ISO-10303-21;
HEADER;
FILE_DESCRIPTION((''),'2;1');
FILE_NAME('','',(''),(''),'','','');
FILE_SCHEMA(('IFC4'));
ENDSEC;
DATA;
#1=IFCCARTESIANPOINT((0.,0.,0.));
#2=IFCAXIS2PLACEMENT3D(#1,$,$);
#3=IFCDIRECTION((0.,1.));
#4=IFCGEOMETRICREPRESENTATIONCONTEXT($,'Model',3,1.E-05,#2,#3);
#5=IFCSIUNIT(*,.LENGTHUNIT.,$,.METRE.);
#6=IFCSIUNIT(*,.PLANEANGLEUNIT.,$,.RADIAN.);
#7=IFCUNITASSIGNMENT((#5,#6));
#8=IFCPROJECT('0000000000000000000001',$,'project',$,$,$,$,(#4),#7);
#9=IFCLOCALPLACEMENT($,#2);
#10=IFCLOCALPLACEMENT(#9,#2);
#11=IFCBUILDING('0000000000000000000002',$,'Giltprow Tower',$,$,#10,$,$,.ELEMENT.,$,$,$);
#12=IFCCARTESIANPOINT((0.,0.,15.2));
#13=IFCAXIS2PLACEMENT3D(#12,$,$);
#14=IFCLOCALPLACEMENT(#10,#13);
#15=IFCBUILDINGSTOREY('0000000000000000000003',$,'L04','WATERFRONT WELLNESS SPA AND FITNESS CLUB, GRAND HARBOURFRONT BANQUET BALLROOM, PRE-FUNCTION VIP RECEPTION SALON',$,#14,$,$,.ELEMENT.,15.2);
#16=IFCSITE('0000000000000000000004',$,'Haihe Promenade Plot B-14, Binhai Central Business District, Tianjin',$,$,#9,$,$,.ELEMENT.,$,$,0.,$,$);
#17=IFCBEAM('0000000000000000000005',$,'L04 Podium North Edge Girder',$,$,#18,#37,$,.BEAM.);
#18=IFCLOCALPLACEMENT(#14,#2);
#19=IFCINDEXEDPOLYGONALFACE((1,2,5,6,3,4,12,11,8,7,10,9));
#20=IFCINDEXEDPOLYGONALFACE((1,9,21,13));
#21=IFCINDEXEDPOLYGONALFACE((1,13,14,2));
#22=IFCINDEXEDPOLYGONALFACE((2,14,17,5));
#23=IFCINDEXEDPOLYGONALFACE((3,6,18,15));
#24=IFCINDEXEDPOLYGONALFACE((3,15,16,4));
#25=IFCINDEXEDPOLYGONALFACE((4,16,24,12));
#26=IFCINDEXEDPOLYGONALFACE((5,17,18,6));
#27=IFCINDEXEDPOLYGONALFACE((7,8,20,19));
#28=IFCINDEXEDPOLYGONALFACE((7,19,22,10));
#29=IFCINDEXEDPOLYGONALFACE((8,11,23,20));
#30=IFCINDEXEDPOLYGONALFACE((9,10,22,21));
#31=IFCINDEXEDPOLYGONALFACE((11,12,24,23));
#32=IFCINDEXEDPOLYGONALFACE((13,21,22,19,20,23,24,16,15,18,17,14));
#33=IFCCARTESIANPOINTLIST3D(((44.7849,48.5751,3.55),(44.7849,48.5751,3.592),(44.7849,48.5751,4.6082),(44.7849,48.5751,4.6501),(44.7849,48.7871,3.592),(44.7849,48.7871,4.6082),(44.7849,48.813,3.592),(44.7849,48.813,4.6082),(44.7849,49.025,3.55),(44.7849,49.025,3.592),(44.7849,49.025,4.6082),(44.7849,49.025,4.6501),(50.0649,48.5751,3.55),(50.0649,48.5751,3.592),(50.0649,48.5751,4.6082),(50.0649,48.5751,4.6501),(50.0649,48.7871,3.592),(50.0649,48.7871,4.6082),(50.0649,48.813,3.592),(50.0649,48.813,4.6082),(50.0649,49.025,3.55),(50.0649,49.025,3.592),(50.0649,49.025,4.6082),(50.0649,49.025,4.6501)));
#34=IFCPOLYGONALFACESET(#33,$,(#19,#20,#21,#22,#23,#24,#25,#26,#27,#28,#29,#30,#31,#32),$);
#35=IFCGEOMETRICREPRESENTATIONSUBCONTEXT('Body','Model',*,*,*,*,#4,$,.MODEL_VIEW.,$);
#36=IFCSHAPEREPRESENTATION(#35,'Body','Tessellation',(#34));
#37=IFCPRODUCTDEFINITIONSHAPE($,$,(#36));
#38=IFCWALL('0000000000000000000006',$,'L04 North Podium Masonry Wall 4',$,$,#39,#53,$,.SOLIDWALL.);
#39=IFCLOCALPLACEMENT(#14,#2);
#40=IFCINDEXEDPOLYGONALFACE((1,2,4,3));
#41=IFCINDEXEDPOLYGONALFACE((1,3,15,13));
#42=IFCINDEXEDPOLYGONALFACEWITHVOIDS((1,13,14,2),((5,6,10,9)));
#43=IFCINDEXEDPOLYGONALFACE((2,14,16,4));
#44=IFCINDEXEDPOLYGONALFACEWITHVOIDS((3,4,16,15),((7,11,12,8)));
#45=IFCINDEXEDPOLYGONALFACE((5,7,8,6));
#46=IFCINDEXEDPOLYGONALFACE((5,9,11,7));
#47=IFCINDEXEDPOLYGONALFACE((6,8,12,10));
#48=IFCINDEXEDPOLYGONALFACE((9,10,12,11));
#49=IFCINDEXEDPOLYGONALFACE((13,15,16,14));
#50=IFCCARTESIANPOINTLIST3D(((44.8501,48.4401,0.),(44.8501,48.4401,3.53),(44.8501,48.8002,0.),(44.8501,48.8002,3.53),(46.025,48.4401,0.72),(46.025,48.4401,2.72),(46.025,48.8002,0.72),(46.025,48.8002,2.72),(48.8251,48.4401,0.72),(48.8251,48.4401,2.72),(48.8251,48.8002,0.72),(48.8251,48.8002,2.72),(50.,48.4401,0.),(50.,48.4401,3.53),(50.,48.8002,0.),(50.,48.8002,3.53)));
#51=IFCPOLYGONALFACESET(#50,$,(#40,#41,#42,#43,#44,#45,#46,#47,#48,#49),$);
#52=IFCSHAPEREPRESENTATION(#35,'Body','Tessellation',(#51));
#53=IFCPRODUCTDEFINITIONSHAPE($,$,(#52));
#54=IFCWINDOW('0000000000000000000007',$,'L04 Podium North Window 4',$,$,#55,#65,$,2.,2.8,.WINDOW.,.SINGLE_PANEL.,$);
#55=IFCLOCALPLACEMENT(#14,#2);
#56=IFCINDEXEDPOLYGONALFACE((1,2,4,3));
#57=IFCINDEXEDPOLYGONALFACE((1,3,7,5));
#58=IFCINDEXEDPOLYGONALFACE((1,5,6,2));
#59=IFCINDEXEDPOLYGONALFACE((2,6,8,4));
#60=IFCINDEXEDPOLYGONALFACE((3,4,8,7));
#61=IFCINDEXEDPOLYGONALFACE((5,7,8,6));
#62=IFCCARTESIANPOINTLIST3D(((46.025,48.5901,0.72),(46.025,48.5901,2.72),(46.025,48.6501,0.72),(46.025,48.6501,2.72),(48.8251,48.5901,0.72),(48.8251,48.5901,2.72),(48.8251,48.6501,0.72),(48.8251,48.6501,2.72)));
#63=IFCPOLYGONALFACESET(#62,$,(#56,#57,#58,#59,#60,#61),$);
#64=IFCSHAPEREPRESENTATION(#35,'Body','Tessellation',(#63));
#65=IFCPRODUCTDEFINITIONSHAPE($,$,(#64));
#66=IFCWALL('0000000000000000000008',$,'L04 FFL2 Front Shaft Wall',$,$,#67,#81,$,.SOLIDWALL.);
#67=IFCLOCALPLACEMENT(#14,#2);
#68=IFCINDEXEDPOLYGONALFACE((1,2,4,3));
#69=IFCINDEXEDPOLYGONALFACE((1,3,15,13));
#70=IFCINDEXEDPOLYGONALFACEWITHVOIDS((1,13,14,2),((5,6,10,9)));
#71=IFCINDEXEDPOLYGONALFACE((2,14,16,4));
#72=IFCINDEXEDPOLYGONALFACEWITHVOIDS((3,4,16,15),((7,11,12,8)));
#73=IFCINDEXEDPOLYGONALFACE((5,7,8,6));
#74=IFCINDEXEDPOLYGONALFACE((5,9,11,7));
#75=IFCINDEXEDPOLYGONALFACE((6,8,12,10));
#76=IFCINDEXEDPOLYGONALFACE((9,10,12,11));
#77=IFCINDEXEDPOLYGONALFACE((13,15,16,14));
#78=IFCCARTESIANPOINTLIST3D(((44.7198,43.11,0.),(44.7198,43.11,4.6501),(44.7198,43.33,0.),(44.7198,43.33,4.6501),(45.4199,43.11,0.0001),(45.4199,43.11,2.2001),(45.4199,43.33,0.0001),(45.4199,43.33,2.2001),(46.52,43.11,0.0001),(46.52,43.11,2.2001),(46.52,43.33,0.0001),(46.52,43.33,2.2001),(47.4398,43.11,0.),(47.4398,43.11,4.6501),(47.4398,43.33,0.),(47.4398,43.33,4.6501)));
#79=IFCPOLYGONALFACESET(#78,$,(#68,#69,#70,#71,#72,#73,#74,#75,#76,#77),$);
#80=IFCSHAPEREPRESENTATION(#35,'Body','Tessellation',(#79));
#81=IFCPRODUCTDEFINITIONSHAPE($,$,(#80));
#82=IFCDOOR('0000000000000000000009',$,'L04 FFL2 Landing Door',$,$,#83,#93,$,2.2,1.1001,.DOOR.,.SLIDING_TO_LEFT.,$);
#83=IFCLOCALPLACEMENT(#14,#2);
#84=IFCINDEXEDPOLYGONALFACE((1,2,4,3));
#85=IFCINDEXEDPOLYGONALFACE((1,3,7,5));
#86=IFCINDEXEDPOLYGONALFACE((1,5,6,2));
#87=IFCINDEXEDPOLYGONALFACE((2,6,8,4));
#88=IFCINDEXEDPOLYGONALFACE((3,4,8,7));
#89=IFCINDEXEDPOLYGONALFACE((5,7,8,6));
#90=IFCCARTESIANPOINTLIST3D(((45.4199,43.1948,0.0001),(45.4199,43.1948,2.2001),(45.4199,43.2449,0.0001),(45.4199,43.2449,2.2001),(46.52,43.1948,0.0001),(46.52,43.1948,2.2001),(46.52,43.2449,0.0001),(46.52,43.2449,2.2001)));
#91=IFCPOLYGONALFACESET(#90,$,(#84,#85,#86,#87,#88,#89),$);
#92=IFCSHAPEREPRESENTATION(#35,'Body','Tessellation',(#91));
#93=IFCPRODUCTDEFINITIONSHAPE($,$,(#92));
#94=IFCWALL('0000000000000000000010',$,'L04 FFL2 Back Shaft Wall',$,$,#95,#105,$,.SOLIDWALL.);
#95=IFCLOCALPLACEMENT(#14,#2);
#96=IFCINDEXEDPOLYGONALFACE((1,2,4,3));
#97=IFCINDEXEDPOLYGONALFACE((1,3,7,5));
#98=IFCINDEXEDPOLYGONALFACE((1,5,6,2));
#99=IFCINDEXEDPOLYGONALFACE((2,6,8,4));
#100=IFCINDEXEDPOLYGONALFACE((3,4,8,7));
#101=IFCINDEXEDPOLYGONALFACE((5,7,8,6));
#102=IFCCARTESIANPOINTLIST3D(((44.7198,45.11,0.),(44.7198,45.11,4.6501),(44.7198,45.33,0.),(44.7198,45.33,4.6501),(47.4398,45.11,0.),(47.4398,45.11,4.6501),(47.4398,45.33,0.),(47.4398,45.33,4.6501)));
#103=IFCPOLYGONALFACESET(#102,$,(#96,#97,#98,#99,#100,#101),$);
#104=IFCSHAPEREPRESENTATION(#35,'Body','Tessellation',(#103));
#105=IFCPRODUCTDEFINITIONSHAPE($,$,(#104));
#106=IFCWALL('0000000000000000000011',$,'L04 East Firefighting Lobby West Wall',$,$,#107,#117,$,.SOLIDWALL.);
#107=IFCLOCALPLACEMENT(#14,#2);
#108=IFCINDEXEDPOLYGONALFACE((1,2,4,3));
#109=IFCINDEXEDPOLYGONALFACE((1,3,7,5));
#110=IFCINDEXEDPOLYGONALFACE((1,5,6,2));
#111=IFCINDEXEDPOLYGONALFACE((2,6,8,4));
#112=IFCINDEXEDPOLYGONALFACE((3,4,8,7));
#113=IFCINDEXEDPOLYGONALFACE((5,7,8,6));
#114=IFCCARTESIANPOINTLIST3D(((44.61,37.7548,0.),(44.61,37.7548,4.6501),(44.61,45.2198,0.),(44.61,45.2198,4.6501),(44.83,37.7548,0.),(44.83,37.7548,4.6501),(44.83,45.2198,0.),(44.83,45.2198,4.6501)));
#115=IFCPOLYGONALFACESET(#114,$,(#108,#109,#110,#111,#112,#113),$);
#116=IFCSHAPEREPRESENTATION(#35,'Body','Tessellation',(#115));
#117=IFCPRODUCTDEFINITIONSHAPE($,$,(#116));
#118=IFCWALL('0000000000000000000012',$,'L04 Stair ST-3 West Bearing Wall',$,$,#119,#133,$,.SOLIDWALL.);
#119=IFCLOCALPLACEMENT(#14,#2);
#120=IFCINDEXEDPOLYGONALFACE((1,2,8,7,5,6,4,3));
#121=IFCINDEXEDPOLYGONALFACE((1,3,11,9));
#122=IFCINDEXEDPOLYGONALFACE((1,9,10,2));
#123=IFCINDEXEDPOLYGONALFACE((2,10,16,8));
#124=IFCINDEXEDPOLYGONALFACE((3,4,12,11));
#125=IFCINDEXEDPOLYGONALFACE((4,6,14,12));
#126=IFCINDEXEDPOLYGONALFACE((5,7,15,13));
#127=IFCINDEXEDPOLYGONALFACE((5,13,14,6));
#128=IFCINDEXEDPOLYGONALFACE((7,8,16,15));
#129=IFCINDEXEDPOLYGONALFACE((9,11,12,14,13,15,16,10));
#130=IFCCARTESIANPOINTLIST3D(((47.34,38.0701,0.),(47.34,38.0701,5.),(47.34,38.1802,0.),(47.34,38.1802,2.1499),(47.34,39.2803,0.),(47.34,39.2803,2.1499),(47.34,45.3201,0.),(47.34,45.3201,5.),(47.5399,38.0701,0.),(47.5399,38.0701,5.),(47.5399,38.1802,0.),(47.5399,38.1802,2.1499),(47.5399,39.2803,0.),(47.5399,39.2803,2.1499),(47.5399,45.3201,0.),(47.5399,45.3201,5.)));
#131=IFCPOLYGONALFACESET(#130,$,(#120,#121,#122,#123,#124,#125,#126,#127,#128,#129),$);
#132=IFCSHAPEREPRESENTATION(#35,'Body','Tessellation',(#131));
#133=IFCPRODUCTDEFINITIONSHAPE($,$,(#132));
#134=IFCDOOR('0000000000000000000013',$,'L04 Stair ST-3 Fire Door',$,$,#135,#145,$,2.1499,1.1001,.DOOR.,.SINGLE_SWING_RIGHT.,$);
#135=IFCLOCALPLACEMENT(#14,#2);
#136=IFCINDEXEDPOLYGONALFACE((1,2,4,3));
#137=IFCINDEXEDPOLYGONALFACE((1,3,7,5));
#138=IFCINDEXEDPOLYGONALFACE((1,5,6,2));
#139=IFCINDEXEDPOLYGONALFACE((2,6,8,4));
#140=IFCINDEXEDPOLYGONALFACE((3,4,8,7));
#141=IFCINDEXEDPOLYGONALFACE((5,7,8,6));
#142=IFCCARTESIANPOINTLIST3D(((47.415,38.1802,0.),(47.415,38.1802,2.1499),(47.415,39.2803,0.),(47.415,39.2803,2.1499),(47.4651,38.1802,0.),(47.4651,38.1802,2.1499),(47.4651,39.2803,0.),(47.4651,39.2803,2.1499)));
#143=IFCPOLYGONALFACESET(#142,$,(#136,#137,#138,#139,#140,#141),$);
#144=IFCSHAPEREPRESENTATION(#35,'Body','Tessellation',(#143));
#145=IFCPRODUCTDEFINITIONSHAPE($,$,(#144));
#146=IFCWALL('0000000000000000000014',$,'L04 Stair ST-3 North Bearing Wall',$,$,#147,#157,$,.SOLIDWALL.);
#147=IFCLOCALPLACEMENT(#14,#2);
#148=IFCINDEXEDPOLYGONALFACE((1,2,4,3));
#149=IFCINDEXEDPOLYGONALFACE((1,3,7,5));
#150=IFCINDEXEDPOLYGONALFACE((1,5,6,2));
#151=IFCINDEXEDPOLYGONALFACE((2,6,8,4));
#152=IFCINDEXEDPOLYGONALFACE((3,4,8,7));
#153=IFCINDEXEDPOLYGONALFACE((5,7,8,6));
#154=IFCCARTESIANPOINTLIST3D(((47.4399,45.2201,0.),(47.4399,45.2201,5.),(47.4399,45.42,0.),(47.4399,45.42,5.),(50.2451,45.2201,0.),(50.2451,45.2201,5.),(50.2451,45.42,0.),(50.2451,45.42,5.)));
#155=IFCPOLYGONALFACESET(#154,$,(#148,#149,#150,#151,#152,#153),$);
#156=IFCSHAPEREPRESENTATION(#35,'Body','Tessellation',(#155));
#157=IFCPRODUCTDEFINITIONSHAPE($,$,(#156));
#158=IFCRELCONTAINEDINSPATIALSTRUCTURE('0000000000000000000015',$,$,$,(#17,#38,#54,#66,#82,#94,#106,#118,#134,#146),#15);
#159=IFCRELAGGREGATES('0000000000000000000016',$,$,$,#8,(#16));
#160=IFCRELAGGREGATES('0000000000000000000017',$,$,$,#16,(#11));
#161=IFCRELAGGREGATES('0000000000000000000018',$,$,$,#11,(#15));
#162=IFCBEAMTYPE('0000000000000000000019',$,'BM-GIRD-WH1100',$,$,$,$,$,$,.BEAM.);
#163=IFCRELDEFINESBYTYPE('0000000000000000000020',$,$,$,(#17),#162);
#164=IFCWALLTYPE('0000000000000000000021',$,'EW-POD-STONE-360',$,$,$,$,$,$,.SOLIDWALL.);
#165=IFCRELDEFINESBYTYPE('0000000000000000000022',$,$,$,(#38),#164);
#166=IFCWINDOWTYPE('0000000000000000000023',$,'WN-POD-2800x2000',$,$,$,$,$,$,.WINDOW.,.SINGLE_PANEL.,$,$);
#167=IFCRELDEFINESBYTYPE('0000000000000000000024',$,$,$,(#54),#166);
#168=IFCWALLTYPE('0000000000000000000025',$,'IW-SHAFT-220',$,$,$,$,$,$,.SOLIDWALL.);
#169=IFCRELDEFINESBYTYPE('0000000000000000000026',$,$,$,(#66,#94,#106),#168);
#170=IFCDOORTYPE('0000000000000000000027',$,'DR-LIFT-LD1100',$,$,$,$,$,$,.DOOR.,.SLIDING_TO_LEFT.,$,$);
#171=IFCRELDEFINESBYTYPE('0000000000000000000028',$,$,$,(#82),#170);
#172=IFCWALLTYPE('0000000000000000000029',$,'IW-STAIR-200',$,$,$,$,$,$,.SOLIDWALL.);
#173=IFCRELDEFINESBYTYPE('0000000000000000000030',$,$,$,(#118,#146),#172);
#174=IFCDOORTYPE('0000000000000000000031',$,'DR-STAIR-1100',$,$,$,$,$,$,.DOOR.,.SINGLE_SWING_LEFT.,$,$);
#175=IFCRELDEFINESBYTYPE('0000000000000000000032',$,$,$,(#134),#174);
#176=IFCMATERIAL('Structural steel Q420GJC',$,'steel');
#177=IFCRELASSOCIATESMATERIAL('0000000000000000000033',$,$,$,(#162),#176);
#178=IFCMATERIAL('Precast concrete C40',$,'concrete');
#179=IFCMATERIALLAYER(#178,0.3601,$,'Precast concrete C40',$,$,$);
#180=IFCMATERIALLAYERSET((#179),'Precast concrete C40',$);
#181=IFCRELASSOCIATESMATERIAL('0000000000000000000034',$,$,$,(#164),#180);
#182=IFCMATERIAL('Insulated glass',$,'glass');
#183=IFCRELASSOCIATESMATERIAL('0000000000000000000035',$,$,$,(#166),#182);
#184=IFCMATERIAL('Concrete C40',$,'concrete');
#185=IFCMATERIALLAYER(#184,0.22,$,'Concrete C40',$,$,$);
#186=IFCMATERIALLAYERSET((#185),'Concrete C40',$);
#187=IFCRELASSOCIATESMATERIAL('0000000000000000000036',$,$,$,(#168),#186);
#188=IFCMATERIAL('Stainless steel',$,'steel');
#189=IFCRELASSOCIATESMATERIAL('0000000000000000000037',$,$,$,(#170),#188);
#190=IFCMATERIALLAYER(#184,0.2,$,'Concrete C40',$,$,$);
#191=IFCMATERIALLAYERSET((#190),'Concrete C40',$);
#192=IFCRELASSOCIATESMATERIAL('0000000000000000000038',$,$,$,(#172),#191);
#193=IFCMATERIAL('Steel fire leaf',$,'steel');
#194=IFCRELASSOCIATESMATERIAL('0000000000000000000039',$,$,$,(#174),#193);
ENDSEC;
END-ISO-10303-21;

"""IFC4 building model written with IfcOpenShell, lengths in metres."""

from ifc_helpers import new_model, si_unit, direction, frame, frame_2d, origin, origin_2d, place, context, subcontext, project, spatial, rectangle, i_section, extrude, source, transform, mapped, material, layer, layer_set, material_profile, profile_set, type_object, element, fill, save


model = new_model("IFC4")

# Units and contexts
model_context = context("Model", 3, precision=1e-05, world=origin(), true_north=direction((0.0, 1.0)))
body_context = subcontext(model_context, "Body", "Model", "MODEL_VIEW")
ifc_project = project(units=[si_unit("LENGTHUNIT", "METRE"), si_unit("PLANEANGLEUNIT", "RADIAN")], contexts=[model_context])

# Site, building, storey
site_placement = place(None, origin())
site = spatial("IfcSite", under=ifc_project, at=site_placement, Name="Haihe Promenade Plot B-14, Binhai Central Business District, Tianjin", CompositionType="ELEMENT", RefElevation=0.0)
building_placement = place(site_placement, origin())
building = spatial("IfcBuilding", under=site, at=building_placement, Name="Giltprow Tower", CompositionType="ELEMENT")
storey_placement = place(building_placement, frame((0.0, 0.0, 15.2)))
storey = spatial("IfcBuildingStorey", under=building, at=storey_placement, Name="L04", Description="WATERFRONT WELLNESS SPA AND FITNESS CLUB, GRAND HARBOURFRONT BANQUET BALLROOM, PRE-FUNCTION VIP RECEPTION SALON", CompositionType="ELEMENT", Elevation=15.2)

# Beam
ifc_material_1 = material(Name="Structural steel Q420GJC", Category="steel")
ifc_material_profile = material_profile(ifc_material_1, i_section(OverallWidth=0.45, OverallDepth=1.1001, WebThickness=0.0259, FlangeThickness=0.042, at=origin_2d()), Name="WH 1100x450x26x42")
ifc_profile_set = profile_set([ifc_material_profile], Name="Structural steel Q420GJC")
beam_type = type_object("IfcBeamType", Name="BM-GIRD-WH1100", PredefinedType="BEAM", material=ifc_profile_set)
shared_shape_1 = source(origin(), body_context, "Body", "SweptSolid", [
    extrude(i_section(OverallWidth=0.45, OverallDepth=1.1001, WebThickness=0.0259, FlangeThickness=0.042, at=origin_2d()), origin(), (0.0, 0.0, 1.0), 5.28),
])
beam_placement = place(storey_placement, frame((44.7849, 48.8, 4.1001), z_axis=(1.0, 0.0, 0.0), x_axis=(0.0, 1.0, 0.0)))
element("IfcBeam", 1, at=beam_placement, inside=storey, type_object=beam_type, Name="L04 Podium North Edge Girder", PredefinedType="BEAM", context=body_context, shape_type="MappedRepresentation", body=[
    mapped(shared_shape_1, transform((0.0, 0.0, 0.0), x_axis=(1.0, 0.0, 0.0), y_axis=(0.0, 1.0, 0.0), z_axis=(0.0, 0.0, 1.0), scale=1.0)),
])

# Wall, opening, window
ifc_material_2 = material(Name="Precast concrete C40", Category="concrete")
ifc_layer_1 = layer(ifc_material_2, 0.3601, Name="Precast concrete C40")
ifc_layer_set_1 = layer_set([ifc_layer_1], Name="Precast concrete C40")
wall_type_1 = type_object("IfcWallType", Name="EW-POD-STONE-360", PredefinedType="SOLIDWALL", material=ifc_layer_set_1)
wall_1_placement = place(storey_placement, frame((44.8501, 48.6201, 0.0), z_axis=(0.0, 0.0, 1.0), x_axis=(1.0, 0.0, 0.0)))
wall_1 = element("IfcWall", 2, at=wall_1_placement, inside=storey, type_object=wall_type_1, Name="L04 North Podium Masonry Wall 4", PredefinedType="SOLIDWALL", context=body_context, shape_type="SweptSolid", body=[
    extrude(rectangle(XDim=5.1499, YDim=0.3601, at=frame_2d((2.575, 0.0))), origin(), (0.0, 0.0, 1.0), 3.53),
])
opening_1_placement = place(wall_1_placement, frame((1.175, 0.0, 0.72)))
opening_1 = element("IfcOpeningElement", 3, at=opening_1_placement, cuts=wall_1, PredefinedType="OPENING", context=body_context, shape_type="SweptSolid", body=[
    extrude(rectangle(XDim=2.8, YDim=2.0, at=frame_2d((1.3999, 1.0))), frame((0.0, 0.1899, 0.0), z_axis=(0.0, -1.0, 0.0), x_axis=(1.0, 0.0, 0.0)), (0.0, 0.0, 1.0), 0.3801),
])
ifc_material_3 = material(Name="Insulated glass", Category="glass")
window_type = type_object("IfcWindowType", Name="WN-POD-2800x2000", PartitioningType="SINGLE_PANEL", PredefinedType="WINDOW", material=ifc_material_3)
shared_shape_2 = source(origin(), body_context, "Body", "SweptSolid", [
    extrude(rectangle(XDim=2.8, YDim=2.0, at=frame_2d((1.3999, 1.0))), frame((0.0, 0.03, 0.0), z_axis=(0.0, -1.0, 0.0), x_axis=(1.0, 0.0, 0.0)), (0.0, 0.0, 1.0), 0.0601),
])
window_placement = place(opening_1_placement, origin())
window = element("IfcWindow", 4, at=window_placement, inside=storey, type_object=window_type, Name="L04 Podium North Window 4", OverallHeight=2.0, OverallWidth=2.8, PartitioningType="SINGLE_PANEL", PredefinedType="WINDOW", context=body_context, shape_type="MappedRepresentation", body=[
    mapped(shared_shape_2, transform((0.0, 0.0, 0.0), x_axis=(1.0, 0.0, 0.0), y_axis=(0.0, 1.0, 0.0), z_axis=(0.0, 0.0, 1.0), scale=1.0)),
])
fill(opening_1, window)

# Wall, opening, door
ifc_material_4 = material(Name="Concrete C40", Category="concrete")
ifc_layer_2 = layer(ifc_material_4, 0.22, Name="Concrete C40")
ifc_layer_set_2 = layer_set([ifc_layer_2], Name="Concrete C40")
wall_type_2 = type_object("IfcWallType", Name="IW-SHAFT-220", PredefinedType="SOLIDWALL", material=ifc_layer_set_2)
wall_2_placement = place(storey_placement, frame((44.72, 43.22, 0.0), z_axis=(0.0, 0.0, 1.0), x_axis=(1.0, 0.0, 0.0)))
wall_2 = element("IfcWall", 5, at=wall_2_placement, inside=storey, type_object=wall_type_2, Name="L04 FFL2 Front Shaft Wall", PredefinedType="SOLIDWALL", context=body_context, shape_type="SweptSolid", body=[
    extrude(rectangle(XDim=2.72, YDim=0.22, at=frame_2d((1.3599, 0.0))), origin(), (0.0, 0.0, 1.0), 4.6501),
])
opening_2_placement = place(wall_2_placement, frame((0.7, 0.0, 0.0)))
opening_2 = element("IfcOpeningElement", 6, at=opening_2_placement, cuts=wall_2, PredefinedType="OPENING", context=body_context, shape_type="SweptSolid", body=[
    extrude(rectangle(XDim=1.1001, YDim=2.2, at=frame_2d((0.55, 1.1001))), frame((0.0, 0.1199, 0.0), z_axis=(0.0, -1.0, 0.0), x_axis=(1.0, 0.0, 0.0)), (0.0, 0.0, 1.0), 0.24),
])
ifc_material_5 = material(Name="Stainless steel", Category="steel")
door_type_1 = type_object("IfcDoorType", Name="DR-LIFT-LD1100", OperationType="SLIDING_TO_LEFT", PredefinedType="DOOR", material=ifc_material_5)
shared_shape_3 = source(origin(), body_context, "Body", "SweptSolid", [
    extrude(rectangle(XDim=1.1001, YDim=2.2, at=frame_2d((0.55, 1.1001))), frame((0.0, 0.0249, 0.0), z_axis=(0.0, -1.0, 0.0), x_axis=(1.0, 0.0, 0.0)), (0.0, 0.0, 1.0), 0.05),
])
door_1_placement = place(opening_2_placement, origin())
door_1 = element("IfcDoor", 7, at=door_1_placement, inside=storey, type_object=door_type_1, Name="L04 FFL2 Landing Door", OperationType="SLIDING_TO_LEFT", OverallHeight=2.2, OverallWidth=1.1001, PredefinedType="DOOR", context=body_context, shape_type="MappedRepresentation", body=[
    mapped(shared_shape_3, transform((0.0, 0.0, 0.0), x_axis=(1.0, 0.0, 0.0), y_axis=(0.0, 1.0, 0.0), z_axis=(0.0, 0.0, 1.0), scale=1.0)),
])
fill(opening_2, door_1)

# Walls
wall_3_placement = place(storey_placement, frame((44.72, 45.22, 0.0), z_axis=(0.0, 0.0, 1.0), x_axis=(1.0, 0.0, 0.0)))
element("IfcWall", 8, at=wall_3_placement, inside=storey, type_object=wall_type_2, Name="L04 FFL2 Back Shaft Wall", PredefinedType="SOLIDWALL", context=body_context, shape_type="SweptSolid", body=[
    extrude(rectangle(XDim=2.72, YDim=0.22, at=frame_2d((1.3599, 0.0))), origin(), (0.0, 0.0, 1.0), 4.6501),
])
wall_4_placement = place(storey_placement, frame((44.72, 37.7549, 0.0), z_axis=(0.0, 0.0, 1.0), x_axis=(0.0, 1.0, 0.0)))
element("IfcWall", 9, at=wall_4_placement, inside=storey, type_object=wall_type_2, Name="L04 East Firefighting Lobby West Wall", PredefinedType="SOLIDWALL", context=body_context, shape_type="SweptSolid", body=[
    extrude(rectangle(XDim=7.4651, YDim=0.22, at=frame_2d((3.7324, 0.0))), origin(), (0.0, 0.0, 1.0), 4.6501),
])

# Wall, opening, door
ifc_layer_3 = layer(ifc_material_4, 0.2, Name="Concrete C40")
ifc_layer_set_3 = layer_set([ifc_layer_3], Name="Concrete C40")
wall_type_3 = type_object("IfcWallType", Name="IW-STAIR-200", PredefinedType="SOLIDWALL", material=ifc_layer_set_3)
wall_5_placement = place(storey_placement, frame((47.4399, 38.0701, 0.0), z_axis=(0.0, 0.0, 1.0), x_axis=(0.0, 1.0, 0.0)))
wall_5 = element("IfcWall", 10, at=wall_5_placement, inside=storey, type_object=wall_type_3, Name="L04 Stair ST-3 West Bearing Wall", PredefinedType="SOLIDWALL", context=body_context, shape_type="SweptSolid", body=[
    extrude(rectangle(XDim=7.25, YDim=0.2, at=frame_2d((3.625, 0.0))), origin(), (0.0, 0.0, 1.0), 5.0),
])
opening_3_placement = place(wall_5_placement, frame((0.1101, 0.0, 0.0)))
opening_3 = element("IfcOpeningElement", 11, at=opening_3_placement, cuts=wall_5, PredefinedType="OPENING", context=body_context, shape_type="SweptSolid", body=[
    extrude(rectangle(XDim=1.1001, YDim=2.1499, at=frame_2d((0.55, 1.075))), frame((0.0, 0.1099, 0.0), z_axis=(0.0, -1.0, 0.0), x_axis=(1.0, 0.0, 0.0)), (0.0, 0.0, 1.0), 0.22),
])
ifc_material_6 = material(Name="Steel fire leaf", Category="steel")
door_type_2 = type_object("IfcDoorType", Name="DR-STAIR-1100", OperationType="SINGLE_SWING_LEFT", PredefinedType="DOOR", material=ifc_material_6)
shared_shape_4 = source(origin(), body_context, "Body", "SweptSolid", [
    extrude(rectangle(XDim=1.1001, YDim=2.1499, at=frame_2d((0.55, 1.075))), frame((0.0, 0.0249, 0.0), z_axis=(0.0, -1.0, 0.0), x_axis=(1.0, 0.0, 0.0)), (0.0, 0.0, 1.0), 0.05),
])
door_2_placement = place(opening_3_placement, origin())
door_2 = element("IfcDoor", 12, at=door_2_placement, inside=storey, type_object=door_type_2, Name="L04 Stair ST-3 Fire Door", OperationType="SINGLE_SWING_RIGHT", OverallHeight=2.1499, OverallWidth=1.1001, PredefinedType="DOOR", context=body_context, shape_type="MappedRepresentation", body=[
    mapped(shared_shape_4, transform((0.0, 0.0, 0.0), x_axis=(1.0, 0.0, 0.0), y_axis=(0.0, 1.0, 0.0), z_axis=(0.0, 0.0, 1.0), scale=1.0)),
])
fill(opening_3, door_2)

# Wall
for number, where, z_axis, x_axis, name in (
    (13, (47.4399, 45.3201, 0.0), (0.0, 0.0, 1.0), (1.0, 0.0, 0.0), "L04 Stair ST-3 North Bearing Wall"),
):
    element("IfcWall", number, at=place(storey_placement, frame(where, z_axis=z_axis, x_axis=x_axis)), inside=storey, type_object=wall_type_3, Name=name, PredefinedType="SOLIDWALL", context=body_context, shape_type="SweptSolid", body=[
        extrude(rectangle(XDim=2.8052, YDim=0.2, at=frame_2d((1.4026, 0.0))), origin(), (0.0, 0.0, 1.0), 5.0),
    ])

save(model, "model.ifc")
